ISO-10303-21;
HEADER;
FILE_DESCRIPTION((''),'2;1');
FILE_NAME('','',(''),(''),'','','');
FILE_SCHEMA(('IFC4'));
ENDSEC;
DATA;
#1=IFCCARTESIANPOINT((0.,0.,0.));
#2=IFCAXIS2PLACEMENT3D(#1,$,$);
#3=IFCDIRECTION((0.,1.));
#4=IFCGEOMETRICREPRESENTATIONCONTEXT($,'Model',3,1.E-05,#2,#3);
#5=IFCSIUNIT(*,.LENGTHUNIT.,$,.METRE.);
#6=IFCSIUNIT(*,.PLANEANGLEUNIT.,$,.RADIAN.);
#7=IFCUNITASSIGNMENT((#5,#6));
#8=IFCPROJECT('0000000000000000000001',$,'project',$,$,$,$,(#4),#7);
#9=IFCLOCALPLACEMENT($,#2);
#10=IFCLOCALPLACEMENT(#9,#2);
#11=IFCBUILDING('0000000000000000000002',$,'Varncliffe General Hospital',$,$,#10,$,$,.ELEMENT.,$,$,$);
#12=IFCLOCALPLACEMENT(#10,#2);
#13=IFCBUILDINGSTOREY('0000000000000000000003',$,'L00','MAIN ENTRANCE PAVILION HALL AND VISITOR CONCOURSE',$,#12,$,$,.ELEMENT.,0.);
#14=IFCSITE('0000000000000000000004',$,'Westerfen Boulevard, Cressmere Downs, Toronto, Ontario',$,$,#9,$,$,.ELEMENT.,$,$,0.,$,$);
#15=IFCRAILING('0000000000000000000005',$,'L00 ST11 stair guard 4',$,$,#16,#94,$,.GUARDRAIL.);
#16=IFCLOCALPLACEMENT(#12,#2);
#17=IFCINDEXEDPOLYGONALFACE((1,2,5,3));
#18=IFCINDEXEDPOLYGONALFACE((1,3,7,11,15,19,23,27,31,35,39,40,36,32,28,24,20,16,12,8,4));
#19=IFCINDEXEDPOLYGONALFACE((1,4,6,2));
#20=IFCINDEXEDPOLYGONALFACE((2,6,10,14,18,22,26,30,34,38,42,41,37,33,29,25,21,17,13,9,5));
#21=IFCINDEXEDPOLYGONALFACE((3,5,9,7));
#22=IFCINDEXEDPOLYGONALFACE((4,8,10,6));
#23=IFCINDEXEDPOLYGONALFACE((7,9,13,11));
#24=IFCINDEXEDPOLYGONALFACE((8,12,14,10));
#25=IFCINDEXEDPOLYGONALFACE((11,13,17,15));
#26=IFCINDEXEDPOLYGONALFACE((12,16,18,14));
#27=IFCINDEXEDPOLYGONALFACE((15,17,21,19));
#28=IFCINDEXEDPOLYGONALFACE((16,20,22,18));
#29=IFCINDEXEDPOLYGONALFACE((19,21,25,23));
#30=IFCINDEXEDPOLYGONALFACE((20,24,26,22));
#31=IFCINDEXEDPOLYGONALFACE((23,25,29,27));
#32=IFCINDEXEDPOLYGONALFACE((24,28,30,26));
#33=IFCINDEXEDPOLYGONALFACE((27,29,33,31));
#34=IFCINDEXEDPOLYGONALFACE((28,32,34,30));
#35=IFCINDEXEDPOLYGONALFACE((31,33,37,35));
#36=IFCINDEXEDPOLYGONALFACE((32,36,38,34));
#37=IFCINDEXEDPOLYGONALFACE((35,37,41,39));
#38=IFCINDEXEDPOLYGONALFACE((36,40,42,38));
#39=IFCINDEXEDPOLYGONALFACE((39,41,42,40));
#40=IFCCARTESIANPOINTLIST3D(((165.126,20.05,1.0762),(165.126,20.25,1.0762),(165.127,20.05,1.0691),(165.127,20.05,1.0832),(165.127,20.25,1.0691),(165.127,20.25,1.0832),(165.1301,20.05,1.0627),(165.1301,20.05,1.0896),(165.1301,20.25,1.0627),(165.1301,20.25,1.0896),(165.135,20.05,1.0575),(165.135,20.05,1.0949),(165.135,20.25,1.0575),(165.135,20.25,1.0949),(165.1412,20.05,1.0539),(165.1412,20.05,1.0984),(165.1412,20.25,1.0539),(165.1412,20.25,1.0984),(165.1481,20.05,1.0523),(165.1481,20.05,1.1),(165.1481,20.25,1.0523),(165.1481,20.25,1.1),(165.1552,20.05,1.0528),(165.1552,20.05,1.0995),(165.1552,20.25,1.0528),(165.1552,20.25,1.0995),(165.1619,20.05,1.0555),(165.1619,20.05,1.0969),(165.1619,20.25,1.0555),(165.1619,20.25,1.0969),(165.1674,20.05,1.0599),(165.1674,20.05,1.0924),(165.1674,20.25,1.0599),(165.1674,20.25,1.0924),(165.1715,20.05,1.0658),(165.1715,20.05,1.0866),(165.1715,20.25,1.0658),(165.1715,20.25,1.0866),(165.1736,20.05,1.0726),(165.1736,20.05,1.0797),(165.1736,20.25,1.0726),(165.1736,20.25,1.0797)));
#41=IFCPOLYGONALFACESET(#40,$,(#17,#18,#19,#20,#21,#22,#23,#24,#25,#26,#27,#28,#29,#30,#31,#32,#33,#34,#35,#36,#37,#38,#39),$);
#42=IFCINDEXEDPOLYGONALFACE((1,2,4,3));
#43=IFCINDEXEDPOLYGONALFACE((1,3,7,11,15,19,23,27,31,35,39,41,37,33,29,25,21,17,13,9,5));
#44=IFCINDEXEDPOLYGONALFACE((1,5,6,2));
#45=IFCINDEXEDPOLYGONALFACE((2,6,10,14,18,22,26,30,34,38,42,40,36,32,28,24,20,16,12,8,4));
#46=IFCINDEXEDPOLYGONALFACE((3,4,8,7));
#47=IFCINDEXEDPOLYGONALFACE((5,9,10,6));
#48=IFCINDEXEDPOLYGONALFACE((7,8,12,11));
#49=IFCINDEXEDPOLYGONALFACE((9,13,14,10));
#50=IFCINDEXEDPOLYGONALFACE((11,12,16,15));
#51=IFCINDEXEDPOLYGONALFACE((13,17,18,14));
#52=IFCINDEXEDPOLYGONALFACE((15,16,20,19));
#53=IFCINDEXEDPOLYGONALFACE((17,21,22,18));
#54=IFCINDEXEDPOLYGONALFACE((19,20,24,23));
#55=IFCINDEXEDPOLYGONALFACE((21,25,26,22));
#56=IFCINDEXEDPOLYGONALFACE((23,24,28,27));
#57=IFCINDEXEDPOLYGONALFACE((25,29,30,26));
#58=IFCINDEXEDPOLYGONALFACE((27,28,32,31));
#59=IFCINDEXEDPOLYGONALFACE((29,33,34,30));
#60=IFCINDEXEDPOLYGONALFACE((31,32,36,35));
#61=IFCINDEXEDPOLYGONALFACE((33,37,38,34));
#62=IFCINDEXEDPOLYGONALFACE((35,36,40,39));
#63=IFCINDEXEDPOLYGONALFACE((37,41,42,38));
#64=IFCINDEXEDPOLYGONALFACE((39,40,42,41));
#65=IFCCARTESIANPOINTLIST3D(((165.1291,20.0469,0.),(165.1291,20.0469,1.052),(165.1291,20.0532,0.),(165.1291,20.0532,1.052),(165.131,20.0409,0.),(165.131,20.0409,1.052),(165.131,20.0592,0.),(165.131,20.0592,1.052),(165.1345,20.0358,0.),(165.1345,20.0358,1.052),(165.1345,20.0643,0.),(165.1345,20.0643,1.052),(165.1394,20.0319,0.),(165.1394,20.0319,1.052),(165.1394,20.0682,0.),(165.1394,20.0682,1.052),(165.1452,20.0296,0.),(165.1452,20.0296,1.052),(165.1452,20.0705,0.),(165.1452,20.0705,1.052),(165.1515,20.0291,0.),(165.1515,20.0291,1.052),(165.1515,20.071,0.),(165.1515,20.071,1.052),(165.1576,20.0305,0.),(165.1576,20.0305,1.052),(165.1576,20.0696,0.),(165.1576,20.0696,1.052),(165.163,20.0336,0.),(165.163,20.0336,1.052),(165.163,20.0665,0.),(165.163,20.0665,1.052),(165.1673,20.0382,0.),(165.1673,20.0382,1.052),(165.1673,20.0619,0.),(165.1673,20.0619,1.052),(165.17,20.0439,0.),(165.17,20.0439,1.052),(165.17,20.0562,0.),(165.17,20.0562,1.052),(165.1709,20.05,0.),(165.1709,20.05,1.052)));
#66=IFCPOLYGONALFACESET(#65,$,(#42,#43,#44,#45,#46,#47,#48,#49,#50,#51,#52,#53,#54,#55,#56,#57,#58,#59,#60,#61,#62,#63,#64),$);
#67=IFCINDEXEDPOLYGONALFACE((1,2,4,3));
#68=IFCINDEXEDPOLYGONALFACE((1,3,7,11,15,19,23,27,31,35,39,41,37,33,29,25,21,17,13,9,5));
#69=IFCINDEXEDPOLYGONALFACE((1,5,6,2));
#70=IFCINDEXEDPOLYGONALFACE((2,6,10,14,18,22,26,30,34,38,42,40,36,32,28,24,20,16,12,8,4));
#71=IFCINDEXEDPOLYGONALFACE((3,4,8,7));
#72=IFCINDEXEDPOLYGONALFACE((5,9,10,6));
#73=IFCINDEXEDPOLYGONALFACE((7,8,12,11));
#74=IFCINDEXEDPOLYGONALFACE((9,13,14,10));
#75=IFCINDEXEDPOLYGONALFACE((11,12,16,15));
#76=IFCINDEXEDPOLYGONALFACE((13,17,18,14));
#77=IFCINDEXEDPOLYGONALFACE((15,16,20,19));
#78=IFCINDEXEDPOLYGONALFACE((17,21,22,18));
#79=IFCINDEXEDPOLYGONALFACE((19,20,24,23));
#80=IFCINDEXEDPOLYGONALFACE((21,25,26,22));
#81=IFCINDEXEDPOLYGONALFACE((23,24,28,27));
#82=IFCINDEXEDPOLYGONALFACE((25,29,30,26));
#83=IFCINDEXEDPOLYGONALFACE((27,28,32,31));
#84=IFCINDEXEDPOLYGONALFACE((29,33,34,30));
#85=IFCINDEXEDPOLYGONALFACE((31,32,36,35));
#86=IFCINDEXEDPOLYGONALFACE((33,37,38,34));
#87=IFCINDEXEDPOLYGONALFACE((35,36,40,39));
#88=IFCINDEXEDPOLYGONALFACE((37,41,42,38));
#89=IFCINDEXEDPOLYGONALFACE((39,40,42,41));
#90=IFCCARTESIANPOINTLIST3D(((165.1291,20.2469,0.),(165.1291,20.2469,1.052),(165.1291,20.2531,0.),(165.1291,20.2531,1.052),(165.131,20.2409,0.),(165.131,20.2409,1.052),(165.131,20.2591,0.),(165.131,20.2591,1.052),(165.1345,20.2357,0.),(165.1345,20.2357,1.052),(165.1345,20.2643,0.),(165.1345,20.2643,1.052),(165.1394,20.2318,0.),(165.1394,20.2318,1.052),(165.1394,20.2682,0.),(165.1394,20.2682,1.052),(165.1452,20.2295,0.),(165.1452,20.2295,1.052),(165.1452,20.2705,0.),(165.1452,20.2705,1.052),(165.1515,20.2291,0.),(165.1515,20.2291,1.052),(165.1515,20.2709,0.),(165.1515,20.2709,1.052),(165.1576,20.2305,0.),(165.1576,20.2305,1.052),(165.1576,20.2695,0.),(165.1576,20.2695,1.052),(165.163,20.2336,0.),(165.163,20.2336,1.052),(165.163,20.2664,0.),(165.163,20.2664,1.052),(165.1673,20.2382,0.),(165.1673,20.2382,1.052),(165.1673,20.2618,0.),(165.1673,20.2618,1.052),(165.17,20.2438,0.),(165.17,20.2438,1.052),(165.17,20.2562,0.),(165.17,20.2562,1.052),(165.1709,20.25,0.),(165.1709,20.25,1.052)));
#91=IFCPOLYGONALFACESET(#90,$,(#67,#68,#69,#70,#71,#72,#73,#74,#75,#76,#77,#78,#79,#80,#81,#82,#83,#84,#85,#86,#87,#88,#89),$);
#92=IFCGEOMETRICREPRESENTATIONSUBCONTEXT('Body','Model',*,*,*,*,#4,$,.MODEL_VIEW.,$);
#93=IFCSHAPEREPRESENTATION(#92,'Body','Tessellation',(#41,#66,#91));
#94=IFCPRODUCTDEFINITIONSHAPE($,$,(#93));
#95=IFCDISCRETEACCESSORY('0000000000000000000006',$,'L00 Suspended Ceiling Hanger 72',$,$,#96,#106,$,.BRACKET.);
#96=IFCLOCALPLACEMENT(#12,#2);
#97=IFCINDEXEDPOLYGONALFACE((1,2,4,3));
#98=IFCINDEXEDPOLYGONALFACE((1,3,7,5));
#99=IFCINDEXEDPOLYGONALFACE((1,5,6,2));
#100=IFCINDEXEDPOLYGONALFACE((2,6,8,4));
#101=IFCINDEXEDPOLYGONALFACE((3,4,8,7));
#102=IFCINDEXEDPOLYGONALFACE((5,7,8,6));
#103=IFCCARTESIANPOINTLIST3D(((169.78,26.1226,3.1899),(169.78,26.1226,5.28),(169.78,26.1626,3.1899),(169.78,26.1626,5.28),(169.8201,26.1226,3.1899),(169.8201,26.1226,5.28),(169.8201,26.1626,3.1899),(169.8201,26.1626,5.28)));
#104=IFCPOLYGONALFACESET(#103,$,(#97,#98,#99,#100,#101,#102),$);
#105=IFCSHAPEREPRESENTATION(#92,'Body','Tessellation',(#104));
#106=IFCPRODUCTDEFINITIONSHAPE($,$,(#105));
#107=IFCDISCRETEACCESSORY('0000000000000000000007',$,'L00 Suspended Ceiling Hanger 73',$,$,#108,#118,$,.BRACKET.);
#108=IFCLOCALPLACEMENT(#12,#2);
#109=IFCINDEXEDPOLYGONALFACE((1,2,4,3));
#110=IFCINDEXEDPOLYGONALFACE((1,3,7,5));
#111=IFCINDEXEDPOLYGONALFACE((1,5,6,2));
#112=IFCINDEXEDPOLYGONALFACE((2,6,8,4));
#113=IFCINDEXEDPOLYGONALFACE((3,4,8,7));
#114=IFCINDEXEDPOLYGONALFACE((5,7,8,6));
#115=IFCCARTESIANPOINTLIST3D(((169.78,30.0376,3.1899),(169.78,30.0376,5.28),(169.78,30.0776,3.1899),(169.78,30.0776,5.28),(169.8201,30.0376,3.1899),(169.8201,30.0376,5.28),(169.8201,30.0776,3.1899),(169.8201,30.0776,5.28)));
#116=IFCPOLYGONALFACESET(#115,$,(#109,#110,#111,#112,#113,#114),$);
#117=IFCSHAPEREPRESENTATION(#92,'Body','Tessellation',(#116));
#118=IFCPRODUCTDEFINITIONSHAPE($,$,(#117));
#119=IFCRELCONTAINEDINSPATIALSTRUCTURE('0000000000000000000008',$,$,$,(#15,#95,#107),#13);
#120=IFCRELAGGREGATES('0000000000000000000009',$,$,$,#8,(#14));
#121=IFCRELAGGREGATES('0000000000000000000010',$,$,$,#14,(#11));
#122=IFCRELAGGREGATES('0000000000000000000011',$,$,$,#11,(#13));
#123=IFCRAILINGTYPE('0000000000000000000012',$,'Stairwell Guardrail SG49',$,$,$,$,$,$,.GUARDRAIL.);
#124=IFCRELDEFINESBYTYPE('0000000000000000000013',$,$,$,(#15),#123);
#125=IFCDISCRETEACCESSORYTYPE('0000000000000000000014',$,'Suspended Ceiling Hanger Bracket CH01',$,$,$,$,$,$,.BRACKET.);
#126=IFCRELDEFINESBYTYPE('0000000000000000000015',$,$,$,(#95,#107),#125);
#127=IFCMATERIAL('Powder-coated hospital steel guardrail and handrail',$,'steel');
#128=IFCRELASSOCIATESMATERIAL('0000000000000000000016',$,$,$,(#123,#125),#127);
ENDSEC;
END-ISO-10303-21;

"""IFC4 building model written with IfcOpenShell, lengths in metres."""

from ifc_helpers import new_model, si_unit, direction, frame, origin, origin_2d, place, context, subcontext, project, spatial, rectangle, circle, extrude, material, type_object, element, save


model = new_model("IFC4")

# Units and contexts
model_context = context("Model", 3, precision=1e-05, world=origin(), true_north=direction((0.0, 1.0)))
body_context = subcontext(model_context, "Body", "Model", "MODEL_VIEW")
ifc_project = project(units=[si_unit("LENGTHUNIT", "METRE"), si_unit("PLANEANGLEUNIT", "RADIAN")], contexts=[model_context])

# Site, building, storey
site_placement = place(None, origin())
site = spatial("IfcSite", under=ifc_project, at=site_placement, Name="Westerfen Boulevard, Cressmere Downs, Toronto, Ontario", CompositionType="ELEMENT", RefElevation=0.0)
building_placement = place(site_placement, origin())
building = spatial("IfcBuilding", under=site, at=building_placement, Name="Varncliffe General Hospital", CompositionType="ELEMENT")
storey_placement = place(building_placement, origin())
storey = spatial("IfcBuildingStorey", under=building, at=storey_placement, Name="L00", Description="MAIN ENTRANCE PAVILION HALL AND VISITOR CONCOURSE", CompositionType="ELEMENT", Elevation=0.0)

# Railing
ifc_material_1 = material(Name="Powder-coated hospital steel guardrail and handrail", Category="steel")
railing_type_1 = type_object("IfcRailingType", Name="Stairwell Guardrail SG49", PredefinedType="GUARDRAIL", material=ifc_material_1)
railing_1_placement = place(storey_placement, frame((165.1499, 20.05, 0.0)))
element("IfcRailing", 1, at=railing_1_placement, inside=storey, type_object=railing_type_1, Name="L00 ST11 stair guard 4", PredefinedType="GUARDRAIL", context=body_context, shape_type="SweptSolid", body=[
    extrude(circle(Radius=0.0239, at=origin_2d()), frame((0.0, 0.0, 1.0762), z_axis=(0.0, 1.0, 0.0), x_axis=(-1.0, 0.0, 0.0)), (0.0, 0.0, 1.0), 0.2),
    extrude(circle(Radius=0.021, at=origin_2d()), origin(), (0.0, 0.0, 1.0), 1.052),
    extrude(circle(Radius=0.021, at=origin_2d()), frame((0.0, 0.2, 0.0)), (0.0, 0.0, 1.0), 1.052),
])

# Discrete accessories
discrete_accessory_type = type_object("IfcDiscreteAccessoryType", Name="Suspended Ceiling Hanger Bracket CH01", PredefinedType="BRACKET", material=ifc_material_1)
for number, where, z_axis, x_axis, name in (
    (2, (169.8, 26.1426, 3.1899), (0.0, 0.0, 1.0), (1.0, 0.0, 0.0), "L00 Suspended Ceiling Hanger 72"),
    (3, (169.8, 30.0576, 3.1899), (0.0, 0.0, 1.0), (1.0, 0.0, 0.0), "L00 Suspended Ceiling Hanger 73"),
):
    element("IfcDiscreteAccessory", number, at=place(storey_placement, frame(where, z_axis=z_axis, x_axis=x_axis)), inside=storey, type_object=discrete_accessory_type, Name=name, PredefinedType="BRACKET", context=body_context, shape_type="SweptSolid", body=[
        extrude(rectangle(XDim=0.04, YDim=0.04, at=origin_2d()), origin(), (0.0, 0.0, 1.0), 2.0901),
    ])

save(model, "model.ifc")
